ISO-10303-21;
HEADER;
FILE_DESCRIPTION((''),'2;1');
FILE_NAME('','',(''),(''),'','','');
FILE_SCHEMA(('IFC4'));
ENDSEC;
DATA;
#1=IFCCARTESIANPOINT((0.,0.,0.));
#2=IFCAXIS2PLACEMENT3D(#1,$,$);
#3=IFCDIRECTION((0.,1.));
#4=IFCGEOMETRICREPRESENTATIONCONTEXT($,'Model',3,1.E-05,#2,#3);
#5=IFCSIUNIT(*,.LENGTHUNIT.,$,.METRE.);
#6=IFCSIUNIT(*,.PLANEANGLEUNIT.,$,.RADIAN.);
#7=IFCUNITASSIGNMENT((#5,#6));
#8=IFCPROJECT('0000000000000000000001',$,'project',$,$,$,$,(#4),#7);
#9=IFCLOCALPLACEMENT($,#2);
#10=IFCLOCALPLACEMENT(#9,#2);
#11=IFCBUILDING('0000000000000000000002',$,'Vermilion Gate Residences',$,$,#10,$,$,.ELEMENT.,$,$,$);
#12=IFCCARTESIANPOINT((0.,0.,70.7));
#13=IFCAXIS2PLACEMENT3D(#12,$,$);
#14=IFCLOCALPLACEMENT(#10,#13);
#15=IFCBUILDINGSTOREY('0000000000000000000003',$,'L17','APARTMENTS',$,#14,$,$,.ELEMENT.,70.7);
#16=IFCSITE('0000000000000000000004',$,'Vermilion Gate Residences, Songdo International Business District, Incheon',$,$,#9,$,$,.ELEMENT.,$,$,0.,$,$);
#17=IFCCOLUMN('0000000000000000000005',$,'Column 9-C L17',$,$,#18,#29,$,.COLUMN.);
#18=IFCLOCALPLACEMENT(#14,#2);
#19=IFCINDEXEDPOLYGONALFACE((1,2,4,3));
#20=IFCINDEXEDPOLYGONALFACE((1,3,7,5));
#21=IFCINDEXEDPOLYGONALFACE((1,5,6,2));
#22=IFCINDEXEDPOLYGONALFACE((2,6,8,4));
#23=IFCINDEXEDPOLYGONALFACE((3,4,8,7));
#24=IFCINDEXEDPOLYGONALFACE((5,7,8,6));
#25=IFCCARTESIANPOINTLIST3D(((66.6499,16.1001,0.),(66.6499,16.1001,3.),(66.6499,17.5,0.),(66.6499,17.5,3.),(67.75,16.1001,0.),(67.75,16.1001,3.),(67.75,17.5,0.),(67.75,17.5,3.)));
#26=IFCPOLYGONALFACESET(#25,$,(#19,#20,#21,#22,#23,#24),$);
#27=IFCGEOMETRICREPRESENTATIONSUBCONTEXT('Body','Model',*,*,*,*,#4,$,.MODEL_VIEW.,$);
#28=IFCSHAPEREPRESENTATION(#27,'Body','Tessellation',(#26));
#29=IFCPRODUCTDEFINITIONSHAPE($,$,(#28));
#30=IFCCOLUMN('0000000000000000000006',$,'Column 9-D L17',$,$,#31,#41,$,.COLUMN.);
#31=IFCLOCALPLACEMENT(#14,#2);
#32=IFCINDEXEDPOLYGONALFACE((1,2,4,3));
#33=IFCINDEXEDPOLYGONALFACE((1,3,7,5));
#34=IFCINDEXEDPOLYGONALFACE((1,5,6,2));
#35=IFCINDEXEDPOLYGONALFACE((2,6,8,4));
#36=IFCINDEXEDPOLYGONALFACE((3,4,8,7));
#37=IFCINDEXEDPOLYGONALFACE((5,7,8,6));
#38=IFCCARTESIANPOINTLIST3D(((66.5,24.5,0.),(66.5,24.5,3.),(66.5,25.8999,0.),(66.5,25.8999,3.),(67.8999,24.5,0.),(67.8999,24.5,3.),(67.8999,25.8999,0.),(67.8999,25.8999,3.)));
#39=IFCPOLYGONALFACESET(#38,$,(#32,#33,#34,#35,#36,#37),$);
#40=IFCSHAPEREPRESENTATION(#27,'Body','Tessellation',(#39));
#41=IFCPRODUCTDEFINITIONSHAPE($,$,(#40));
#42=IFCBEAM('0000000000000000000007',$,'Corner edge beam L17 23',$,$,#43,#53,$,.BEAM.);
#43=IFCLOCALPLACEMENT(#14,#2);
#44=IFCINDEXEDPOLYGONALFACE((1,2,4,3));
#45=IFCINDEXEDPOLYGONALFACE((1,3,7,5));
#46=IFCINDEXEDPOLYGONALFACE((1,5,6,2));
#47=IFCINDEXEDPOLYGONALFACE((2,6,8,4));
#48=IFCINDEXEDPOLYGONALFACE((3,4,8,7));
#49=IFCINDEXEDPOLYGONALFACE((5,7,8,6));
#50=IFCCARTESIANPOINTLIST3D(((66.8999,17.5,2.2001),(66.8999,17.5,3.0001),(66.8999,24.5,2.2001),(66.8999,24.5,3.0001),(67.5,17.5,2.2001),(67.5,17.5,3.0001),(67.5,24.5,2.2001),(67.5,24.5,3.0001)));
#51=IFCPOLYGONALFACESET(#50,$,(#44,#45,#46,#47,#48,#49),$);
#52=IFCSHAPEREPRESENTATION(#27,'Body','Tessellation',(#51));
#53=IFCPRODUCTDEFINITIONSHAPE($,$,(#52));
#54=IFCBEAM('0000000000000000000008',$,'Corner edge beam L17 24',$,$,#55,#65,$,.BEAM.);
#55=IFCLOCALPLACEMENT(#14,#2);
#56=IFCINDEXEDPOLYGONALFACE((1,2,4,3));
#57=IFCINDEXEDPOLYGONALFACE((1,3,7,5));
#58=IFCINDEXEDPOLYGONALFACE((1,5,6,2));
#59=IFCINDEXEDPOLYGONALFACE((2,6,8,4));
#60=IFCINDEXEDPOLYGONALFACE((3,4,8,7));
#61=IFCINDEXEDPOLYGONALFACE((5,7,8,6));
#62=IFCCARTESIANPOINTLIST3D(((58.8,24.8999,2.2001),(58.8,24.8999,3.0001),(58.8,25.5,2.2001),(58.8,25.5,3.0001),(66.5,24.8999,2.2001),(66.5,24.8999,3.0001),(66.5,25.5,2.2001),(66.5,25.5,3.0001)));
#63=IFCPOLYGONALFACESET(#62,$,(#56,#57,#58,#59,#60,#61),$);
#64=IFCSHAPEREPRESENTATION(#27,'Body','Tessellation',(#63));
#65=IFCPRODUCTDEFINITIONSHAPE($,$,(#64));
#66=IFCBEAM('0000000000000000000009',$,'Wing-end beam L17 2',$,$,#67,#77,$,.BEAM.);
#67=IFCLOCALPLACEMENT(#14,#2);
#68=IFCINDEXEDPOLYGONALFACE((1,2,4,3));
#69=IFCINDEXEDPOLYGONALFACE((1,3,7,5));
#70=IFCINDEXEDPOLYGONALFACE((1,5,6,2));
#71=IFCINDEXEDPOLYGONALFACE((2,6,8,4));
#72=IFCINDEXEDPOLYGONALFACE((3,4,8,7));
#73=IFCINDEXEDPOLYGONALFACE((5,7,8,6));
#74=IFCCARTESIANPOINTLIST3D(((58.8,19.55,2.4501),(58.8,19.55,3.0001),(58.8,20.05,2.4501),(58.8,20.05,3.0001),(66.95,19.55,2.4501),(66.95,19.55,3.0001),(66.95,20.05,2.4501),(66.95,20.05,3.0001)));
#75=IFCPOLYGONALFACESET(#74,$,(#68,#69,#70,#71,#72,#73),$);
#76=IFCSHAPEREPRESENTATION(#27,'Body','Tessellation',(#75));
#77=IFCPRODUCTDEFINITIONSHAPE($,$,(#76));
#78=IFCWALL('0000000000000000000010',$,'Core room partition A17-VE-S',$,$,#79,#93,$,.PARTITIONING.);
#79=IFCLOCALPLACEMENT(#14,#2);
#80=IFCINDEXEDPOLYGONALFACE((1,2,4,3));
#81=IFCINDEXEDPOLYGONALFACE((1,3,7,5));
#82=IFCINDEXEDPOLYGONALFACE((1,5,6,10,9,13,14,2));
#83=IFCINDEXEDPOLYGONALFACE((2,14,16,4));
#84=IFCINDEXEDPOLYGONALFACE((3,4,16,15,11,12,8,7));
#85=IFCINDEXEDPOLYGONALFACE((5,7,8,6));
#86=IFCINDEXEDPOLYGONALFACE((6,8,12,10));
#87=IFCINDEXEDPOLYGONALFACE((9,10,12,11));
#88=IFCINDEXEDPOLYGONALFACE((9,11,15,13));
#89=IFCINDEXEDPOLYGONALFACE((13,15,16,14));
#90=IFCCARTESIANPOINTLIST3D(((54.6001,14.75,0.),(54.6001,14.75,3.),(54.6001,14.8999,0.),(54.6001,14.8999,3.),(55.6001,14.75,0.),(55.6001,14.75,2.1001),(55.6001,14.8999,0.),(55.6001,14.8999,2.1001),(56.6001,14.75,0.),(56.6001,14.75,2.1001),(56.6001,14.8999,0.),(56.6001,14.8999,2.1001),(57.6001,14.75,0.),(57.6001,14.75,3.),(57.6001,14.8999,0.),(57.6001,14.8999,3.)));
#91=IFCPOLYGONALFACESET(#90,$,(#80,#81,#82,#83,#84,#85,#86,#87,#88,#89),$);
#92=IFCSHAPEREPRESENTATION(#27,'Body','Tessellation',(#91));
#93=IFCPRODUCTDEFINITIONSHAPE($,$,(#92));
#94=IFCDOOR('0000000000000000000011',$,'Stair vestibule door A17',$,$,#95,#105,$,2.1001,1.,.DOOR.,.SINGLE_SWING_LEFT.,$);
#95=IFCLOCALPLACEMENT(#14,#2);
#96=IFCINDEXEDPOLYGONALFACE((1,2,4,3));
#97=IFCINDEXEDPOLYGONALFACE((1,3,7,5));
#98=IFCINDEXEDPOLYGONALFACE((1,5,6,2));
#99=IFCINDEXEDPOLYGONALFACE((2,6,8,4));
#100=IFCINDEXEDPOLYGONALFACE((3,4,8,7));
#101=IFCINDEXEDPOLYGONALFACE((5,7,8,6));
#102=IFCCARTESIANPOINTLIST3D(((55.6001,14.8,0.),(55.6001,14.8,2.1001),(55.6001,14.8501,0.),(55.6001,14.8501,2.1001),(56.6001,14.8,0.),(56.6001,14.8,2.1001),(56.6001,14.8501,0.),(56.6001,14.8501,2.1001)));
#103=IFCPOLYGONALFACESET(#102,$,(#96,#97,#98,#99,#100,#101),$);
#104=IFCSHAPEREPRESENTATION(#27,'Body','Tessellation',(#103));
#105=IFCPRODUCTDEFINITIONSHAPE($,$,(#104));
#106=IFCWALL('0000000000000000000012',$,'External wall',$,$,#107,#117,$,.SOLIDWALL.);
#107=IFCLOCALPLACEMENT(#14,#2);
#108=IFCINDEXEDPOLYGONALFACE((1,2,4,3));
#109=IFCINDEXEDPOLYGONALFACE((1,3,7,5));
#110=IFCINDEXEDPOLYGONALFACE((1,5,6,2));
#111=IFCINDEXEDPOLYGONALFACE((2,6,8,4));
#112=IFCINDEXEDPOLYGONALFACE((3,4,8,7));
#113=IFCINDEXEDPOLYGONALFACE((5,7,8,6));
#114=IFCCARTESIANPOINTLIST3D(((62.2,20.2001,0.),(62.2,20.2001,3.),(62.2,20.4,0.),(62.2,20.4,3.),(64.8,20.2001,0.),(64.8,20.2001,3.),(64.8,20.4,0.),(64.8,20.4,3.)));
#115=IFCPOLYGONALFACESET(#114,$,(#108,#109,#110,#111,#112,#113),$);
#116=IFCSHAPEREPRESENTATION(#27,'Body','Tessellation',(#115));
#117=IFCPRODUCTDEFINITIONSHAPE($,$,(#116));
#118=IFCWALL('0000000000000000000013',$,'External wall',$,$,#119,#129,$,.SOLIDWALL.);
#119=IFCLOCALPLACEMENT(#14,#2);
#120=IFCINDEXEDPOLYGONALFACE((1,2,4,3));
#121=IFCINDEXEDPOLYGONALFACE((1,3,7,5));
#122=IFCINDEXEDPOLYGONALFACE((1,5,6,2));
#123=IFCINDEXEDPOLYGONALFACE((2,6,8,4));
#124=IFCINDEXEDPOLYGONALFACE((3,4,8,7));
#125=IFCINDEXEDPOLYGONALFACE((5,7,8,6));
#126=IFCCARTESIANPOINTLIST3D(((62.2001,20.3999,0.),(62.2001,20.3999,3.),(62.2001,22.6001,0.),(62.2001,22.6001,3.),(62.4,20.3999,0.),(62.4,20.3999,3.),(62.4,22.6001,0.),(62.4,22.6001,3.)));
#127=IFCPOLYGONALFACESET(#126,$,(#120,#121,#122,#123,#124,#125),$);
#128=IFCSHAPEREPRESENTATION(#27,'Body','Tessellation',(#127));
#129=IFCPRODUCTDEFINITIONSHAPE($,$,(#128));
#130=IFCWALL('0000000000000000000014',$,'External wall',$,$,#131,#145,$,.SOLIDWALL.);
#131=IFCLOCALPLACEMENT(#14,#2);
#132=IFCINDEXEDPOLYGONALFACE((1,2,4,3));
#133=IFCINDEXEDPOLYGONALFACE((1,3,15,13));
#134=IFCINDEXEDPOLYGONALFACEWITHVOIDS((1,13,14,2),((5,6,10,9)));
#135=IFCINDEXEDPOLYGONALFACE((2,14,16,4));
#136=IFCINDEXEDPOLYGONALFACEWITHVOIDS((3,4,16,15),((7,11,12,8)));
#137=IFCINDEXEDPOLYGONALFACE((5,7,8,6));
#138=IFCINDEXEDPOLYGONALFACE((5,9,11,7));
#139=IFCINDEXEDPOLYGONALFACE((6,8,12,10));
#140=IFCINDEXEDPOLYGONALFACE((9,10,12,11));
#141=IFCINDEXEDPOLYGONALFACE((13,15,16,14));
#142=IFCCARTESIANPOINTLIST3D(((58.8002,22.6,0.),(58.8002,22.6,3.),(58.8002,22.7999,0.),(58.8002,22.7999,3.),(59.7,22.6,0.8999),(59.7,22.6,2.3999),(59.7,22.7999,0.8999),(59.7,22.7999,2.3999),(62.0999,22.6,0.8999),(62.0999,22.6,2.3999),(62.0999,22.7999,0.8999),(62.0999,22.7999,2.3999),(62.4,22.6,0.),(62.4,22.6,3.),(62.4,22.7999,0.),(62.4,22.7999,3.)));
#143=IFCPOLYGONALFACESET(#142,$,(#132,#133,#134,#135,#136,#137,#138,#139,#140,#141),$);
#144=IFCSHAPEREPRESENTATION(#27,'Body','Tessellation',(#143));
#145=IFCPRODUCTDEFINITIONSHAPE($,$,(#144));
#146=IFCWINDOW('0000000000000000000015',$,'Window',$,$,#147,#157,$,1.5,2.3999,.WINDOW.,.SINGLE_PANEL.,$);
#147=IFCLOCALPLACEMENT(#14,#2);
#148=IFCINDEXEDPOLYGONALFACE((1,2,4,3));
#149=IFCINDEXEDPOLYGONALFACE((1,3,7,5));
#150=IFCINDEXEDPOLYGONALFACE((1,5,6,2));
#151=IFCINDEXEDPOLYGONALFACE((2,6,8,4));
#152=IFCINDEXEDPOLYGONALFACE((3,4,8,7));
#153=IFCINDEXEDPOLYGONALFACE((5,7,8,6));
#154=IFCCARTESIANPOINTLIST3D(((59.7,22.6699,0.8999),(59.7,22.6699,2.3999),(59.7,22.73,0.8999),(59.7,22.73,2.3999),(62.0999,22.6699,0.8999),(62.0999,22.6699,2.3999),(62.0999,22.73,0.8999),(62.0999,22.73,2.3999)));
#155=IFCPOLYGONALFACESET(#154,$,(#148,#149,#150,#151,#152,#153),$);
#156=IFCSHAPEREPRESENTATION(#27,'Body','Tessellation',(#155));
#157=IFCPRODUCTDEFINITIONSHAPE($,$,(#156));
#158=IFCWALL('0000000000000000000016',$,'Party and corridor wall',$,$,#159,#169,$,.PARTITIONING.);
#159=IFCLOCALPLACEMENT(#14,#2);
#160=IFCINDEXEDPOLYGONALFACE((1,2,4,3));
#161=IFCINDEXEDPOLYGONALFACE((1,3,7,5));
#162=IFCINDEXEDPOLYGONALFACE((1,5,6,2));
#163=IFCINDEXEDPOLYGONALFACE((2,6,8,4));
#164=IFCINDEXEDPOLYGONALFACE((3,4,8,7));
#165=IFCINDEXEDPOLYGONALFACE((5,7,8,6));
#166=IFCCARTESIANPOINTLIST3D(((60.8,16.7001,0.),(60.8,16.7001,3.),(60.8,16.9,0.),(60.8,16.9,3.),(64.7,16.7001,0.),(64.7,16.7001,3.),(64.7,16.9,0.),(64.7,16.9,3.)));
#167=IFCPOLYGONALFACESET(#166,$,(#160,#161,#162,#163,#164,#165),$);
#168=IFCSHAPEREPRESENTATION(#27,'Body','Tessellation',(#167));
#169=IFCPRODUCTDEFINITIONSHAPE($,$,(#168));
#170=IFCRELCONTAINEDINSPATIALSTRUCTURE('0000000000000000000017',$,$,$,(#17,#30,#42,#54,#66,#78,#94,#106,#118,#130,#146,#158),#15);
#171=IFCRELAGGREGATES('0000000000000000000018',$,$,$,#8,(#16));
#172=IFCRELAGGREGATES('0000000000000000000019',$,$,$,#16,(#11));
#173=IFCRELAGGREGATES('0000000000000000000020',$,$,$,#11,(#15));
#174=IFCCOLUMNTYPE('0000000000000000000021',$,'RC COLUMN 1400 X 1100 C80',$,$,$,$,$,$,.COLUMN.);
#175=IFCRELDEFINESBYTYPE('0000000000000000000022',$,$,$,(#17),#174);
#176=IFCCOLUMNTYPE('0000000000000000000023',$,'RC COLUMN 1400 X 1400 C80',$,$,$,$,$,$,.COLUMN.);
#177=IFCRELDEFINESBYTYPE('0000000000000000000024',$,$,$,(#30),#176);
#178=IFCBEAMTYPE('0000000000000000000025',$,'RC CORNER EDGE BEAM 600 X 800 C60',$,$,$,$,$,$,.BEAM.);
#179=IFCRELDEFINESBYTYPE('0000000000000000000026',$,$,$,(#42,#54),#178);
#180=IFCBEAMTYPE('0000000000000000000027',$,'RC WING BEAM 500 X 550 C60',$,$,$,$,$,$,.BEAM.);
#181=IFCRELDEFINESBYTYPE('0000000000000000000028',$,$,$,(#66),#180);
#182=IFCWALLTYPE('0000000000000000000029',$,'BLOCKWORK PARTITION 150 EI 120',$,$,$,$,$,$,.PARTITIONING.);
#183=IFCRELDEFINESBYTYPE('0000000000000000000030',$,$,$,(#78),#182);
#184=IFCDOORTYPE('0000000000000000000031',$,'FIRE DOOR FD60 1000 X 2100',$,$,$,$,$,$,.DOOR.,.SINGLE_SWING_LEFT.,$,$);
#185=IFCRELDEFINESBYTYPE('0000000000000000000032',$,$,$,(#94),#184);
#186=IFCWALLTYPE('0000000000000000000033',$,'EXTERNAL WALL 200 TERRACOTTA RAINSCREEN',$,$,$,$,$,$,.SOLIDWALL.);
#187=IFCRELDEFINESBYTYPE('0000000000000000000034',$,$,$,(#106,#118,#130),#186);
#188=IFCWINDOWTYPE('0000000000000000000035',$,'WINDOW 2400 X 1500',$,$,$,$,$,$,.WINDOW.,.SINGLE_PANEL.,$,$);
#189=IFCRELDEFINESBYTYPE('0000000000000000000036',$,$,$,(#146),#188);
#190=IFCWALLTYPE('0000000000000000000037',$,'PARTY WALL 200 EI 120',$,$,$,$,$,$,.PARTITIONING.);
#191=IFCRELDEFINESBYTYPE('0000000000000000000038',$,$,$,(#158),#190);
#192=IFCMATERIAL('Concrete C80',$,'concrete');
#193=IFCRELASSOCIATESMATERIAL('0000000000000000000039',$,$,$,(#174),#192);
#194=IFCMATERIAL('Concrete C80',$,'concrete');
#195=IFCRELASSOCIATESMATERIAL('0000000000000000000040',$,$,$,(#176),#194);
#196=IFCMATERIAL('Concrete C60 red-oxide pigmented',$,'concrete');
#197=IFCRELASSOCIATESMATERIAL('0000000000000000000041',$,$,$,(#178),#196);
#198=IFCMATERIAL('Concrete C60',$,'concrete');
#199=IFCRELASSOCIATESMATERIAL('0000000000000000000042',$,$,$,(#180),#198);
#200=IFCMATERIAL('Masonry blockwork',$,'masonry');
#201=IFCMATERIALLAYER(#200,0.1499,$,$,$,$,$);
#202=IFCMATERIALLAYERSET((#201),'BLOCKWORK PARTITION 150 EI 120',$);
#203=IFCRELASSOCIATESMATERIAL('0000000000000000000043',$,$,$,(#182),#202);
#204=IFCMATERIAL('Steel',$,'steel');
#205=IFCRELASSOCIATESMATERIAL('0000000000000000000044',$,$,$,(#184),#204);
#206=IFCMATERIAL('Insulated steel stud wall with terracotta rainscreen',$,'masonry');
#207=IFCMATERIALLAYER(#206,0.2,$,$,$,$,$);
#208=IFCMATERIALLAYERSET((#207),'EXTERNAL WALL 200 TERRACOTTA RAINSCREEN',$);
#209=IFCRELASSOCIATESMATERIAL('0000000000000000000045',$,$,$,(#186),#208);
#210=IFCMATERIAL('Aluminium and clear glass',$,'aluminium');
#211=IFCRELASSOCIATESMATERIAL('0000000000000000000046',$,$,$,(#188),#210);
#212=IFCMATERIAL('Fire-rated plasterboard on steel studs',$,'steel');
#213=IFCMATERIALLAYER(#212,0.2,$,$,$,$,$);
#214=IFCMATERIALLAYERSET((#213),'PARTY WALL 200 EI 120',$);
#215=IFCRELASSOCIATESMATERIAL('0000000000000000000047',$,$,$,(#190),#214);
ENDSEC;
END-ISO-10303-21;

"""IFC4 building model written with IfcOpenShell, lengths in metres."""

from ifc_helpers import new_model, si_unit, direction, frame, frame_2d, origin, origin_2d, place, context, subcontext, project, spatial, rectangle, extrude, material, layer, layer_set, material_profile, profile_set, type_object, element, fill, save


model = new_model("IFC4")

# Units and contexts
model_context = context("Model", 3, precision=1e-05, world=origin(), true_north=direction((0.0, 1.0)))
body_context = subcontext(model_context, "Body", "Model", "MODEL_VIEW")
ifc_project = project(units=[si_unit("LENGTHUNIT", "METRE"), si_unit("PLANEANGLEUNIT", "RADIAN")], contexts=[model_context])

# Site, building, storey
site_placement = place(None, origin())
site = spatial("IfcSite", under=ifc_project, at=site_placement, Name="Vermilion Gate Residences, Songdo International Business District, Incheon", CompositionType="ELEMENT", RefElevation=0.0)
building_placement = place(site_placement, origin())
building = spatial("IfcBuilding", under=site, at=building_placement, Name="Vermilion Gate Residences", CompositionType="ELEMENT")
storey_placement = place(building_placement, frame((0.0, 0.0, 70.7)))
storey = spatial("IfcBuildingStorey", under=building, at=storey_placement, Name="L17", Description="APARTMENTS", CompositionType="ELEMENT", Elevation=70.7)

# Columns
ifc_material_1 = material(Name="Concrete C80", Category="concrete")
ifc_material_profile_1 = material_profile(ifc_material_1, rectangle(XDim=1.3999, YDim=1.1001, at=origin_2d()), Name="RC-1400x1100")
ifc_profile_set_1 = profile_set([ifc_material_profile_1], Name="Concrete C80")
column_type_1 = type_object("IfcColumnType", Name="RC COLUMN 1400 X 1100 C80", PredefinedType="COLUMN", material=ifc_profile_set_1)
column_1_placement = place(storey_placement, frame((67.2, 16.8, 0.0), z_axis=(0.0, 0.0, 1.0), x_axis=(0.0, 1.0, 0.0)))
element("IfcColumn", 1, at=column_1_placement, inside=storey, type_object=column_type_1, Name="Column 9-C L17", PredefinedType="COLUMN", context=body_context, shape_type="SweptSolid", body=[
    extrude(rectangle(XDim=1.3999, YDim=1.1001, at=origin_2d()), origin(), (0.0, 0.0, 1.0), 3.0),
])
ifc_material_2 = material(Name="Concrete C80", Category="concrete")
ifc_material_profile_2 = material_profile(ifc_material_2, rectangle(XDim=1.3999, YDim=1.3999, at=origin_2d()), Name="RC-1400x1400")
ifc_profile_set_2 = profile_set([ifc_material_profile_2], Name="Concrete C80")
column_type_2 = type_object("IfcColumnType", Name="RC COLUMN 1400 X 1400 C80", PredefinedType="COLUMN", material=ifc_profile_set_2)
column_2_placement = place(storey_placement, frame((67.2, 25.2, 0.0), z_axis=(0.0, 0.0, 1.0), x_axis=(1.0, 0.0, 0.0)))
element("IfcColumn", 2, at=column_2_placement, inside=storey, type_object=column_type_2, Name="Column 9-D L17", PredefinedType="COLUMN", context=body_context, shape_type="SweptSolid", body=[
    extrude(rectangle(XDim=1.3999, YDim=1.3999, at=origin_2d()), origin(), (0.0, 0.0, 1.0), 3.0),
])

# Beams
ifc_material_3 = material(Name="Concrete C60 red-oxide pigmented", Category="concrete")
ifc_material_profile_3 = material_profile(ifc_material_3, rectangle(XDim=0.6001, YDim=0.8, at=origin_2d()), Name="RC-600x800")
ifc_profile_set_3 = profile_set([ifc_material_profile_3], Name="Concrete C60 red-oxide pigmented")
beam_type_1 = type_object("IfcBeamType", Name="RC CORNER EDGE BEAM 600 X 800 C60", PredefinedType="BEAM", material=ifc_profile_set_3)
beam_1_placement = place(storey_placement, frame((67.2, 17.5, 2.6001), z_axis=(0.0, 1.0, 0.0), x_axis=(-1.0, 0.0, 0.0)))
element("IfcBeam", 3, at=beam_1_placement, inside=storey, type_object=beam_type_1, Name="Corner edge beam L17 23", PredefinedType="BEAM", context=body_context, shape_type="SweptSolid", body=[
    extrude(rectangle(XDim=0.6001, YDim=0.8, at=origin_2d()), origin(), (0.0, 0.0, 1.0), 7.0),
])
beam_2_placement = place(storey_placement, frame((58.8, 25.2, 2.6001), z_axis=(1.0, 0.0, 0.0), x_axis=(0.0, 1.0, 0.0)))
element("IfcBeam", 4, at=beam_2_placement, inside=storey, type_object=beam_type_1, Name="Corner edge beam L17 24", PredefinedType="BEAM", context=body_context, shape_type="SweptSolid", body=[
    extrude(rectangle(XDim=0.6001, YDim=0.8, at=origin_2d()), origin(), (0.0, 0.0, 1.0), 7.7),
])
ifc_material_4 = material(Name="Concrete C60", Category="concrete")
ifc_material_profile_4 = material_profile(ifc_material_4, rectangle(XDim=0.5, YDim=0.55, at=origin_2d()), Name="RC-500x550")
ifc_profile_set_4 = profile_set([ifc_material_profile_4], Name="Concrete C60")
beam_type_2 = type_object("IfcBeamType", Name="RC WING BEAM 500 X 550 C60", PredefinedType="BEAM", material=ifc_profile_set_4)
beam_3_placement = place(storey_placement, frame((58.8, 19.8, 2.7251), z_axis=(1.0, 0.0, 0.0), x_axis=(0.0, 1.0, 0.0)))
element("IfcBeam", 5, at=beam_3_placement, inside=storey, type_object=beam_type_2, Name="Wing-end beam L17 2", PredefinedType="BEAM", context=body_context, shape_type="SweptSolid", body=[
    extrude(rectangle(XDim=0.5, YDim=0.55, at=origin_2d()), origin(), (0.0, 0.0, 1.0), 8.1499),
])

# Wall, opening, door
ifc_material_5 = material(Name="Masonry blockwork", Category="masonry")
ifc_layer_1 = layer(ifc_material_5, 0.1499)
ifc_layer_set_1 = layer_set([ifc_layer_1], Name="BLOCKWORK PARTITION 150 EI 120")
wall_type_1 = type_object("IfcWallType", Name="BLOCKWORK PARTITION 150 EI 120", PredefinedType="PARTITIONING", material=ifc_layer_set_1)
wall_1_placement = place(storey_placement, frame((54.6001, 14.825, 0.0), z_axis=(0.0, 0.0, 1.0), x_axis=(1.0, 0.0, 0.0)))
wall_1 = element("IfcWall", 6, at=wall_1_placement, inside=storey, type_object=wall_type_1, Name="Core room partition A17-VE-S", PredefinedType="PARTITIONING", context=body_context, shape_type="SweptSolid", body=[
    extrude(rectangle(XDim=3.0, YDim=0.1499, at=frame_2d((1.5, 0.0))), origin(), (0.0, 0.0, 1.0), 3.0),
])
opening_1_placement = place(wall_1_placement, frame((1.0, 0.0, 0.0)))
opening_1 = element("IfcOpeningElement", 7, at=opening_1_placement, cuts=wall_1, PredefinedType="OPENING", context=body_context, shape_type="SweptSolid", body=[
    extrude(rectangle(XDim=1.0, YDim=2.1001, at=frame_2d((0.5, 1.05))), frame((0.0, 0.085, 0.0), z_axis=(0.0, -1.0, 0.0), x_axis=(1.0, 0.0, 0.0)), (0.0, 0.0, 1.0), 0.1699),
])
ifc_material_6 = material(Name="Steel", Category="steel")
door_type = type_object("IfcDoorType", Name="FIRE DOOR FD60 1000 X 2100", OperationType="SINGLE_SWING_LEFT", PredefinedType="DOOR", material=ifc_material_6)
door_1_placement = place(opening_1_placement, frame((1.0, 0.0, 0.0), z_axis=(0.0, 0.0, 1.0), x_axis=(-1.0, 0.0, 0.0)))
door_1 = element("IfcDoor", 8, at=door_1_placement, inside=storey, type_object=door_type, Name="Stair vestibule door A17", OperationType="SINGLE_SWING_LEFT", OverallHeight=2.1001, OverallWidth=1.0, PredefinedType="DOOR", context=body_context, shape_type="SweptSolid", body=[
    extrude(rectangle(XDim=1.0, YDim=2.1001, at=frame_2d((0.5, 1.05))), frame((0.0, 0.0249, 0.0), z_axis=(0.0, -1.0, 0.0), x_axis=(1.0, 0.0, 0.0)), (0.0, 0.0, 1.0), 0.05),
])
fill(opening_1, door_1)

# Walls
ifc_material_7 = material(Name="Insulated steel stud wall with terracotta rainscreen", Category="masonry")
ifc_layer_2 = layer(ifc_material_7, 0.2)
ifc_layer_set_2 = layer_set([ifc_layer_2], Name="EXTERNAL WALL 200 TERRACOTTA RAINSCREEN")
wall_type_2 = type_object("IfcWallType", Name="EXTERNAL WALL 200 TERRACOTTA RAINSCREEN", PredefinedType="SOLIDWALL", material=ifc_layer_set_2)
wall_2_placement = place(storey_placement, frame((64.8, 20.3, 0.0), z_axis=(0.0, 0.0, 1.0), x_axis=(-1.0, 0.0, 0.0)))
element("IfcWall", 9, at=wall_2_placement, inside=storey, type_object=wall_type_2, Name="External wall", PredefinedType="SOLIDWALL", context=body_context, shape_type="SweptSolid", body=[
    extrude(rectangle(XDim=2.6001, YDim=0.2, at=frame_2d((1.3, 0.0))), origin(), (0.0, 0.0, 1.0), 3.0),
])
wall_3_placement = place(storey_placement, frame((62.3, 20.3999, 0.0), z_axis=(0.0, 0.0, 1.0), x_axis=(0.0, 1.0, 0.0)))
element("IfcWall", 10, at=wall_3_placement, inside=storey, type_object=wall_type_2, Name="External wall", PredefinedType="SOLIDWALL", context=body_context, shape_type="SweptSolid", body=[
    extrude(rectangle(XDim=2.2002, YDim=0.2, at=frame_2d((1.1001, 0.0))), origin(), (0.0, 0.0, 1.0), 3.0),
])

# Wall, opening, window
wall_4_placement = place(storey_placement, frame((62.3999, 22.7, 0.0), z_axis=(0.0, 0.0, 1.0), x_axis=(-1.0, 0.0, 0.0)))
wall_4 = element("IfcWall", 11, at=wall_4_placement, inside=storey, type_object=wall_type_2, Name="External wall", PredefinedType="SOLIDWALL", context=body_context, shape_type="SweptSolid", body=[
    extrude(rectangle(XDim=3.5999, YDim=0.2, at=frame_2d((1.7998, 0.0))), origin(), (0.0, 0.0, 1.0), 3.0),
])
opening_2_placement = place(wall_4_placement, frame((0.3, 0.0, 0.8999)))
opening_2 = element("IfcOpeningElement", 12, at=opening_2_placement, cuts=wall_4, PredefinedType="OPENING", context=body_context, shape_type="SweptSolid", body=[
    extrude(rectangle(XDim=2.3999, YDim=1.5, at=frame_2d((1.2, 0.75))), frame((0.0, 0.1099, 0.0), z_axis=(0.0, -1.0, 0.0), x_axis=(1.0, 0.0, 0.0)), (0.0, 0.0, 1.0), 0.22),
])
ifc_material_8 = material(Name="Aluminium and clear glass", Category="aluminium")
window_type = type_object("IfcWindowType", Name="WINDOW 2400 X 1500", PartitioningType="SINGLE_PANEL", PredefinedType="WINDOW", material=ifc_material_8)
window_placement = place(opening_2_placement, origin())
window = element("IfcWindow", 13, at=window_placement, inside=storey, type_object=window_type, Name="Window", OverallHeight=1.5, OverallWidth=2.3999, PartitioningType="SINGLE_PANEL", PredefinedType="WINDOW", context=body_context, shape_type="SweptSolid", body=[
    extrude(rectangle(XDim=2.3999, YDim=1.5, at=frame_2d((1.2, 0.75))), frame((0.0, 0.03, 0.0), z_axis=(0.0, -1.0, 0.0), x_axis=(1.0, 0.0, 0.0)), (0.0, 0.0, 1.0), 0.0601),
])
fill(opening_2, window)

# Wall
ifc_material_9 = material(Name="Fire-rated plasterboard on steel studs", Category="steel")
ifc_layer_3 = layer(ifc_material_9, 0.2)
ifc_layer_set_3 = layer_set([ifc_layer_3], Name="PARTY WALL 200 EI 120")
wall_type_3 = type_object("IfcWallType", Name="PARTY WALL 200 EI 120", PredefinedType="PARTITIONING", material=ifc_layer_set_3)
wall_5_placement = place(storey_placement, frame((60.8, 16.8, 0.0), z_axis=(0.0, 0.0, 1.0), x_axis=(1.0, 0.0, 0.0)))
element("IfcWall", 14, at=wall_5_placement, inside=storey, type_object=wall_type_3, Name="Party and corridor wall", PredefinedType="PARTITIONING", context=body_context, shape_type="SweptSolid", body=[
    extrude(rectangle(XDim=3.8999, YDim=0.2, at=frame_2d((1.95, 0.0))), origin(), (0.0, 0.0, 1.0), 3.0),
])

save(model, "model.ifc")
